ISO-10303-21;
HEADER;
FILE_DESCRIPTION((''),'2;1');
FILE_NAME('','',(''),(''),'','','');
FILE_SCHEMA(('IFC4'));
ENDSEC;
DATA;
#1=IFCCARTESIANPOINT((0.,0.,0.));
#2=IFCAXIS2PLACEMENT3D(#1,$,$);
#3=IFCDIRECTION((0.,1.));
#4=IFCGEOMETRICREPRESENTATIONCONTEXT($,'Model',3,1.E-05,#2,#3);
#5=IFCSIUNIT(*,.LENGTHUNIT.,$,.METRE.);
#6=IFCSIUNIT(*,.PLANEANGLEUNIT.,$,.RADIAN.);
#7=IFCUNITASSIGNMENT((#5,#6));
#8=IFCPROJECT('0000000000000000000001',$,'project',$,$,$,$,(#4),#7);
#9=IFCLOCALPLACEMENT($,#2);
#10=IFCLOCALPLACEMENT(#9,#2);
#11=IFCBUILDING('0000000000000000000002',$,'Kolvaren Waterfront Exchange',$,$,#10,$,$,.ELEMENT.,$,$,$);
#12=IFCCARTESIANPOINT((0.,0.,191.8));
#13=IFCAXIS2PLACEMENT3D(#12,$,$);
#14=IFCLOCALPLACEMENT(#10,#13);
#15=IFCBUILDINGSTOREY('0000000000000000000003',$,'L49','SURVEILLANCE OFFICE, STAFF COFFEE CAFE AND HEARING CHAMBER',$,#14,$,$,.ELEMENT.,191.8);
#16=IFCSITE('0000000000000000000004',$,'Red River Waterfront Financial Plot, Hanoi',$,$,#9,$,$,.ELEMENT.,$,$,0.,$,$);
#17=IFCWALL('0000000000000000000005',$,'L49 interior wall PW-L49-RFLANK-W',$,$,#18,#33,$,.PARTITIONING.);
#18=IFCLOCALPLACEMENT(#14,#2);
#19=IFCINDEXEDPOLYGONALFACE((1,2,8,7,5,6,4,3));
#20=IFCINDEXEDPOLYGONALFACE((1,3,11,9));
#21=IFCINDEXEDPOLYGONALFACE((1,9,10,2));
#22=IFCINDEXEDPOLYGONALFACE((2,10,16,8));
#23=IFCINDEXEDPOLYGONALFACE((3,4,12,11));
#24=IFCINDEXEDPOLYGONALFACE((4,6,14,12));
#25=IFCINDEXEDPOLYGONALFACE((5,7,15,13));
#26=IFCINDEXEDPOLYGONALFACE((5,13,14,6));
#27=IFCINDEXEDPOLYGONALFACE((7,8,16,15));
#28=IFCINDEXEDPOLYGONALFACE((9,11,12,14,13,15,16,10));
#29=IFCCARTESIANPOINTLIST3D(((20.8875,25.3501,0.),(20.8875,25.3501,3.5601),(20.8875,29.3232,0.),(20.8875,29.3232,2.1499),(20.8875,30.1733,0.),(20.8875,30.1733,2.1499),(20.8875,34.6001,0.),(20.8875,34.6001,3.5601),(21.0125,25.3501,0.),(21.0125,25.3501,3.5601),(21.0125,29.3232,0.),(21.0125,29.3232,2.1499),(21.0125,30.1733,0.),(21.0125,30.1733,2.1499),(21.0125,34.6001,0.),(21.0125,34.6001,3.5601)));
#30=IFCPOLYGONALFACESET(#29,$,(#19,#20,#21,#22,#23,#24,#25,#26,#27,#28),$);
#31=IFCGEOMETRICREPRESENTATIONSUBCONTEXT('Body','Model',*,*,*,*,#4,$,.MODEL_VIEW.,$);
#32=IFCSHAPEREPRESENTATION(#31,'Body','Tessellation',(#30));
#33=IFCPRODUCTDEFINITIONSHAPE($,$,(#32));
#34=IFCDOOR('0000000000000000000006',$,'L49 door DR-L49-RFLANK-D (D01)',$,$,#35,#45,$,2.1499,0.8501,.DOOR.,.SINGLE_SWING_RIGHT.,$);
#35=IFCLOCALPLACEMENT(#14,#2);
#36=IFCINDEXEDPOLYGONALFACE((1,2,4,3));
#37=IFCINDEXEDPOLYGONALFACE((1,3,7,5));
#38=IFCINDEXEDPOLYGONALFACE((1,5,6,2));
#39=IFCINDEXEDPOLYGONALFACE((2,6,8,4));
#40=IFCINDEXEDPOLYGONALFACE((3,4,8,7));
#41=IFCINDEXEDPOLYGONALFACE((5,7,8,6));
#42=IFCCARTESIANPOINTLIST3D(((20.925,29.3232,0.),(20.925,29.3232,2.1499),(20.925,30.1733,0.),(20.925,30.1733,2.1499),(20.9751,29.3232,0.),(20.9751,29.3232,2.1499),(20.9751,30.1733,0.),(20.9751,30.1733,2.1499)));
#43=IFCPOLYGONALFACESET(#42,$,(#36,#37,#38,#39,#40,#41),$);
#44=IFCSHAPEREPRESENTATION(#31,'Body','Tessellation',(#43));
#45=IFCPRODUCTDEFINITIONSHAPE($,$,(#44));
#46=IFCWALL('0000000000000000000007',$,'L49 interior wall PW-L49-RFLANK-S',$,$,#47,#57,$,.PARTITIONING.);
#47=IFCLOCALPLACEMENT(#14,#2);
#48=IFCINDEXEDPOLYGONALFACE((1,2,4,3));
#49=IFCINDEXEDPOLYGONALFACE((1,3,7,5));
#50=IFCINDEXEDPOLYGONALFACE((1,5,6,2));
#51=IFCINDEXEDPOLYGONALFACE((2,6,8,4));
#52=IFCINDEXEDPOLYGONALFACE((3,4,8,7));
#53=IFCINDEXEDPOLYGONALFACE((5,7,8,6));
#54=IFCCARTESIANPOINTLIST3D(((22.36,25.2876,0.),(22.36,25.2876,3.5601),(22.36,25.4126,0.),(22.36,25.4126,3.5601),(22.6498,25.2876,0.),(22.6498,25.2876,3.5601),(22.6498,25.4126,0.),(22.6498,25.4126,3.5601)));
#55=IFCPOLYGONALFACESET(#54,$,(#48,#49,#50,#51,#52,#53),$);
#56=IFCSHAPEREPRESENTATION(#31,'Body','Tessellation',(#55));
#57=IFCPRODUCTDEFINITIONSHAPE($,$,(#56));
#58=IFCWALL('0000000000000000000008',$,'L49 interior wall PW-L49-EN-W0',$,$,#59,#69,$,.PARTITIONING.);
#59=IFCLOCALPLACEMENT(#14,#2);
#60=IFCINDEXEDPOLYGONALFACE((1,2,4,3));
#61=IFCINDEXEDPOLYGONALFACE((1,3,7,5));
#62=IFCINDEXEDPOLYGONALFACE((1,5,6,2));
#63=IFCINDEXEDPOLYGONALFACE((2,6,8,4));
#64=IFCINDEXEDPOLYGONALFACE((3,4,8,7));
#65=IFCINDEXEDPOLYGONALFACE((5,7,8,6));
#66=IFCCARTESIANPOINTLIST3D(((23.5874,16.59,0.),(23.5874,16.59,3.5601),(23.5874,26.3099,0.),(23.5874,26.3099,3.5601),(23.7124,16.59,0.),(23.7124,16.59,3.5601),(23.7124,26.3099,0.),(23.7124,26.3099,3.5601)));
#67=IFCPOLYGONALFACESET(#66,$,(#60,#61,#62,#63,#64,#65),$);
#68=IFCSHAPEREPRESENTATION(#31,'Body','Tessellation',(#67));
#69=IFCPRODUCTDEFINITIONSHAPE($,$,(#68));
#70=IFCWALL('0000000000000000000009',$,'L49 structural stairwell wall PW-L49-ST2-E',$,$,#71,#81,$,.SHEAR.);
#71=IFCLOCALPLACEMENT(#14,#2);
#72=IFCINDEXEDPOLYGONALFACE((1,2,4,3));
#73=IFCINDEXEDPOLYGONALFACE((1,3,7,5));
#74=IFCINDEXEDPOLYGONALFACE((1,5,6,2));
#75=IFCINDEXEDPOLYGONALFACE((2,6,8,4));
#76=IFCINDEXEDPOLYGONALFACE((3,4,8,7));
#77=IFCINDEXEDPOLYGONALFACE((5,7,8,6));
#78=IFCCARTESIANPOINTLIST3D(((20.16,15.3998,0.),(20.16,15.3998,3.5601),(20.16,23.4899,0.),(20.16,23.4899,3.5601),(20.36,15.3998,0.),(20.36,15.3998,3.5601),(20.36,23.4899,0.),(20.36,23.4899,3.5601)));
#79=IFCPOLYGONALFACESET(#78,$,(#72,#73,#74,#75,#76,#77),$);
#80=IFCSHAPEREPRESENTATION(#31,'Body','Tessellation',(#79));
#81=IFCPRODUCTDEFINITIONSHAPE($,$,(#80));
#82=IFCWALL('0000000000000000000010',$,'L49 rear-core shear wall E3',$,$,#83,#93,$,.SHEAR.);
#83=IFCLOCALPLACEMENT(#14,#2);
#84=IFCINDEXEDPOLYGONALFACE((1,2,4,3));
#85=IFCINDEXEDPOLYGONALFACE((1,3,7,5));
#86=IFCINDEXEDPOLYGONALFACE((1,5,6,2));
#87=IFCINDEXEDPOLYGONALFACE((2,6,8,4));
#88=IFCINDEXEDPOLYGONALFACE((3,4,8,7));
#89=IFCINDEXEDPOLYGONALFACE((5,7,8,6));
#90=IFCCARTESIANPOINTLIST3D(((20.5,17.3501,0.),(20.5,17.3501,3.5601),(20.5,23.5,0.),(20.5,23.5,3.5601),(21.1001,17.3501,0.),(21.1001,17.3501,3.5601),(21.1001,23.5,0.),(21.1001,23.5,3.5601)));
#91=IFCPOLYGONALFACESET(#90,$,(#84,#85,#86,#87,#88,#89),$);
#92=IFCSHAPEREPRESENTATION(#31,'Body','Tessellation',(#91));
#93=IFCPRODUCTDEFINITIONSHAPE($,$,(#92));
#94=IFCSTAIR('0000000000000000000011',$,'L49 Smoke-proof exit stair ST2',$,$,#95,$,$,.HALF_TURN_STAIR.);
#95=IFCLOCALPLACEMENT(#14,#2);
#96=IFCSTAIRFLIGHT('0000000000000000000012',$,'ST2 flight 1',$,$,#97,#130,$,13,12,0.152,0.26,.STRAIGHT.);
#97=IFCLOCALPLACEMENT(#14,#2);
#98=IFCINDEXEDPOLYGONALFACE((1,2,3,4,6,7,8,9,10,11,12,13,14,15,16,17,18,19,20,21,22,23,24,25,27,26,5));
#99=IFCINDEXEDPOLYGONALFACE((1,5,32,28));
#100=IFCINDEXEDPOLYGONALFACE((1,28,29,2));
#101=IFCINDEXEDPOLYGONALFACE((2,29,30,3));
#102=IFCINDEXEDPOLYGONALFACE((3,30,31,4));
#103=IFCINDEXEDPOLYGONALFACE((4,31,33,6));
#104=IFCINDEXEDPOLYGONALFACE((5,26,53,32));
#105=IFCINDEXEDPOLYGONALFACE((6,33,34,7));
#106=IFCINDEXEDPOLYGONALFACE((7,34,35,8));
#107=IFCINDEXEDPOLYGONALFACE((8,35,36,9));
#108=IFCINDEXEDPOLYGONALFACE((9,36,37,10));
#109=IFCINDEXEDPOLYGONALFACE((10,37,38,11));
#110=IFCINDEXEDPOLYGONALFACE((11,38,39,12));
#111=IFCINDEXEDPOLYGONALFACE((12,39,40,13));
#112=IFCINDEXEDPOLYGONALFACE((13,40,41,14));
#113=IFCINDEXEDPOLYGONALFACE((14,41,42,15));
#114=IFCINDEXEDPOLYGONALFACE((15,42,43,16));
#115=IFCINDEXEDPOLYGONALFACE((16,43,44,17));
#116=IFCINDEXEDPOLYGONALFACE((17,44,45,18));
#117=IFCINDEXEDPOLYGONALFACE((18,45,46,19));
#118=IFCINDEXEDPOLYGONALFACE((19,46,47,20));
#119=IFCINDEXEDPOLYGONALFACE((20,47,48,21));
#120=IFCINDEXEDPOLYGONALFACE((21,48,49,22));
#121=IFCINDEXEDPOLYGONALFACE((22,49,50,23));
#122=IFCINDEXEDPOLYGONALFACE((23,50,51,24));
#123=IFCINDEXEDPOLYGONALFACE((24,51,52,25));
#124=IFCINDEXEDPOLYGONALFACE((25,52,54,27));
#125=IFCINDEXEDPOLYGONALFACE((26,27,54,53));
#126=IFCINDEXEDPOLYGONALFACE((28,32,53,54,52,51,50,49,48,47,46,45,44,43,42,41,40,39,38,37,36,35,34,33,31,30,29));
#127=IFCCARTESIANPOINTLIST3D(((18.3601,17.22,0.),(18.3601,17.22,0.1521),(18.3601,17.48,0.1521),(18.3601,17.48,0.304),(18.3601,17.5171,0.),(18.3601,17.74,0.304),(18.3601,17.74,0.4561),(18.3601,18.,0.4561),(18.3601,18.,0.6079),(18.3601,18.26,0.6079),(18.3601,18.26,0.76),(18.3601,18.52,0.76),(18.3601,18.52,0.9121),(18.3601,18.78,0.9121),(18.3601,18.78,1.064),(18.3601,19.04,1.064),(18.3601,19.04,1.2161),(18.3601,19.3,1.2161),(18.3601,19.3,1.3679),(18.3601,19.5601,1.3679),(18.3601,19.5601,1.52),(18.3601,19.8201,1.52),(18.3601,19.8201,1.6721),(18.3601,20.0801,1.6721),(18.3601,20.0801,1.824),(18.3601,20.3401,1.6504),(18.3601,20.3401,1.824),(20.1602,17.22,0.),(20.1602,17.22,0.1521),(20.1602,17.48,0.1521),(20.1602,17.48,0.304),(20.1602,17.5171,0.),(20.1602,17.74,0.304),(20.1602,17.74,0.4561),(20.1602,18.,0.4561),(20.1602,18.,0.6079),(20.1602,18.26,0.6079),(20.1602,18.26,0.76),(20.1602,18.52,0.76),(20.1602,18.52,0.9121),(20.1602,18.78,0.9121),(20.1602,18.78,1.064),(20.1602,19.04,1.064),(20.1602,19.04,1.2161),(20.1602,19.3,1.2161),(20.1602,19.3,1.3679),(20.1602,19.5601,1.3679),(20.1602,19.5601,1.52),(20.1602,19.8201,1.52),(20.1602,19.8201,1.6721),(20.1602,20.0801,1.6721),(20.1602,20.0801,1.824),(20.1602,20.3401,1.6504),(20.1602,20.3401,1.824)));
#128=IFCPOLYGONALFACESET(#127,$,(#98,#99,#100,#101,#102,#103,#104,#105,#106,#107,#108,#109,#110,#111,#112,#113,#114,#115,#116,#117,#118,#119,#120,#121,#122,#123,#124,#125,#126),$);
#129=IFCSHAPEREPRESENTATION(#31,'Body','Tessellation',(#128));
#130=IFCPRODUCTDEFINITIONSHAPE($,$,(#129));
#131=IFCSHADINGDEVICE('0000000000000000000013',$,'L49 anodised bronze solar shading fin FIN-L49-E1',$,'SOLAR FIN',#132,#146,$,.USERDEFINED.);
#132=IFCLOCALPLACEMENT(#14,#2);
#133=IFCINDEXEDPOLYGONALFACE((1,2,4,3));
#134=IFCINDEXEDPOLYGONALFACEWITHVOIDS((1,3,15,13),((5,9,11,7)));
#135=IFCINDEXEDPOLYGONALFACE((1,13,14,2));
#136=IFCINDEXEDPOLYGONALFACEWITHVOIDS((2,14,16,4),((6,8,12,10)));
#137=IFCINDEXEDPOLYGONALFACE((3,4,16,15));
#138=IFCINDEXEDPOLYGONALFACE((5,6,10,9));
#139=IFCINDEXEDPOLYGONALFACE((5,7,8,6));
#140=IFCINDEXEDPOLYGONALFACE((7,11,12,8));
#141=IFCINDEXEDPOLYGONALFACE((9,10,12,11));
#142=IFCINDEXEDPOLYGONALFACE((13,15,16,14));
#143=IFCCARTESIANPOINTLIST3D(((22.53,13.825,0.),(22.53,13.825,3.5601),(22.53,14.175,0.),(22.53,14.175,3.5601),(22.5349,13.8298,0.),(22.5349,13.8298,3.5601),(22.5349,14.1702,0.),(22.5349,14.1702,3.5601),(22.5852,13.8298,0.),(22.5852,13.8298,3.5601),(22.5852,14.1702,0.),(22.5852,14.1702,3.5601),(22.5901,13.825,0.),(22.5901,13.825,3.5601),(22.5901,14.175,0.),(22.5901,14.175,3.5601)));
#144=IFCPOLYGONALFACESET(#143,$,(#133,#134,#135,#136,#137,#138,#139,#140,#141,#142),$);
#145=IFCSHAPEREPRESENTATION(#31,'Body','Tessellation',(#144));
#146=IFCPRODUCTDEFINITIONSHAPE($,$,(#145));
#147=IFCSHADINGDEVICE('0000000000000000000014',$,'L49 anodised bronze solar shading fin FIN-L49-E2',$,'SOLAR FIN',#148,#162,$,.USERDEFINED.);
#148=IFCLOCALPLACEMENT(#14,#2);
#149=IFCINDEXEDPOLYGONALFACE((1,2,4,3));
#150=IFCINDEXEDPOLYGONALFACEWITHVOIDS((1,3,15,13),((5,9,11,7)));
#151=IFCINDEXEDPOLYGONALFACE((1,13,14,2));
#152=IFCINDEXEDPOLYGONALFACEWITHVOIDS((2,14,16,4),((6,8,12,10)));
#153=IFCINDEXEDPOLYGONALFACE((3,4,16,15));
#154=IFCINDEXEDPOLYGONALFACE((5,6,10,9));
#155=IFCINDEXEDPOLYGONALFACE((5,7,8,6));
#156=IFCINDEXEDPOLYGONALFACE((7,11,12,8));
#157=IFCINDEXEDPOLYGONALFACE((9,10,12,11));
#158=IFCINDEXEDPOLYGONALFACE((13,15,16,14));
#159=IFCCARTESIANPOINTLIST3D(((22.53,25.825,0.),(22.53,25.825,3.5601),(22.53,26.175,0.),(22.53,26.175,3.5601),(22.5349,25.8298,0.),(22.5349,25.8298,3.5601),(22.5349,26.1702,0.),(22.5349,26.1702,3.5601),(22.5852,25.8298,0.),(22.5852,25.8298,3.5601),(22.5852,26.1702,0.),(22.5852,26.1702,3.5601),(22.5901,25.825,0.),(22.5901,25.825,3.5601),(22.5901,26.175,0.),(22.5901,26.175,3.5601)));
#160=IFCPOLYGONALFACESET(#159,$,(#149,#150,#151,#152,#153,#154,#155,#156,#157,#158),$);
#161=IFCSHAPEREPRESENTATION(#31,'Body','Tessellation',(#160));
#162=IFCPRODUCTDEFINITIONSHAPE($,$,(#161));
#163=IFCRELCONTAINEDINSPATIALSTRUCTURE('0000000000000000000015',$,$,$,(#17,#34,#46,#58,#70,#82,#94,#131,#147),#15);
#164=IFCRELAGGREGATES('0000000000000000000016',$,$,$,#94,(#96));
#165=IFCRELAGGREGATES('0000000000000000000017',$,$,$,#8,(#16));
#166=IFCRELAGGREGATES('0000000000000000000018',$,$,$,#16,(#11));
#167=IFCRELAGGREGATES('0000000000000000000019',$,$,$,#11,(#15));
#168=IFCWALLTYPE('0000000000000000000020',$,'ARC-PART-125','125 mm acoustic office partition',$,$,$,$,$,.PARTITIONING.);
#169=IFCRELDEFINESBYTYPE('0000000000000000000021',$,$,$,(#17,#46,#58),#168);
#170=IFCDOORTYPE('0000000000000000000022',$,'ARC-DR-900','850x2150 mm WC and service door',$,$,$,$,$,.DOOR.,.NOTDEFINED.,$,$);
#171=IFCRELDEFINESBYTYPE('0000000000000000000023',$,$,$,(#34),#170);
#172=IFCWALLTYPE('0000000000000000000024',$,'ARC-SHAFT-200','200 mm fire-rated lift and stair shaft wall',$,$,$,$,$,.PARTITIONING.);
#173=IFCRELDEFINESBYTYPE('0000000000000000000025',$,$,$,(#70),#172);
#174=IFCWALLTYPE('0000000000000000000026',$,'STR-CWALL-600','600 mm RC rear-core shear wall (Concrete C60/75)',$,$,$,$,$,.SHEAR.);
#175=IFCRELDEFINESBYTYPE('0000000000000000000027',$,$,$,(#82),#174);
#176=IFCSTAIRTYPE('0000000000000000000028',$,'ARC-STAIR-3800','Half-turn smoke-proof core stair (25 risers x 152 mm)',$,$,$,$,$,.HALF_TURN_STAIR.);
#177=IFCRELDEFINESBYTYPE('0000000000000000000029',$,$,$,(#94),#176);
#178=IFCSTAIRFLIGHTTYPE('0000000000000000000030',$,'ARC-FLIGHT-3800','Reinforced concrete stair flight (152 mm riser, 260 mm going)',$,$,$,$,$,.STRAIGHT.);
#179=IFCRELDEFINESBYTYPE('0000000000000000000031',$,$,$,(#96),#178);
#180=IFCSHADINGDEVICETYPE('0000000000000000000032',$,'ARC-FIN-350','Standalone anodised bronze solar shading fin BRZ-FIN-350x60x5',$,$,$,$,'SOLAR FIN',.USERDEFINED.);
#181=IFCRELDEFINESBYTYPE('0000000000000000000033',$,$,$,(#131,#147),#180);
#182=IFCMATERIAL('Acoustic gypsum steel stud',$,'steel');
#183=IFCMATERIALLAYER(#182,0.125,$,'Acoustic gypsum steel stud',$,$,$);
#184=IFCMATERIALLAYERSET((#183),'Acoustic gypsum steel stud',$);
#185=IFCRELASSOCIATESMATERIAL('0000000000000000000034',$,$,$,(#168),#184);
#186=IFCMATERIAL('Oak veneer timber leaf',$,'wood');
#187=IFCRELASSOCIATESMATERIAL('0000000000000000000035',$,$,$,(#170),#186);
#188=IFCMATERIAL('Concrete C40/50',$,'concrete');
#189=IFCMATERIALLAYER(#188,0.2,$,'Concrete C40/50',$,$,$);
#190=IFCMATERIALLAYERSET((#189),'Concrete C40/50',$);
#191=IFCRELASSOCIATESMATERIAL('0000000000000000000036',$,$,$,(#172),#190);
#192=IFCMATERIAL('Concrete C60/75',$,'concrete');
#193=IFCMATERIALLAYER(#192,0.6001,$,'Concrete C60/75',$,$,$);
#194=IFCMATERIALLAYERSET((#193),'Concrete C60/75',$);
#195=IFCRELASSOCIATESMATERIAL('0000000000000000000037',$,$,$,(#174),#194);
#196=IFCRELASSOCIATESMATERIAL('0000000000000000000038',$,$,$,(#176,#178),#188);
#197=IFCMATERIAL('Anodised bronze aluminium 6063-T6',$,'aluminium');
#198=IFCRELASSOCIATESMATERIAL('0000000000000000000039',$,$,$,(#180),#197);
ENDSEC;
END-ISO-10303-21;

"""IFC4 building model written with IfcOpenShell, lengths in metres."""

from ifc_helpers import new_model, si_unit, direction, frame, frame_2d, origin, origin_2d, place, context, subcontext, project, spatial, polyline, rectangle, hollow_rectangle, outline, extrude, material, layer, layer_set, material_profile, profile_set, type_object, element, fill, aggregate, save


model = new_model("IFC4")

# Units and contexts
model_context = context("Model", 3, precision=1e-05, world=origin(), true_north=direction((0.0, 1.0)))
body_context = subcontext(model_context, "Body", "Model", "MODEL_VIEW")
ifc_project = project(units=[si_unit("LENGTHUNIT", "METRE"), si_unit("PLANEANGLEUNIT", "RADIAN")], contexts=[model_context])

# Site, building, storey
site_placement = place(None, origin())
site = spatial("IfcSite", under=ifc_project, at=site_placement, Name="Red River Waterfront Financial Plot, Hanoi", CompositionType="ELEMENT", RefElevation=0.0)
building_placement = place(site_placement, origin())
building = spatial("IfcBuilding", under=site, at=building_placement, Name="Kolvaren Waterfront Exchange", CompositionType="ELEMENT")
storey_placement = place(building_placement, frame((0.0, 0.0, 191.8)))
storey = spatial("IfcBuildingStorey", under=building, at=storey_placement, Name="L49", Description="SURVEILLANCE OFFICE, STAFF COFFEE CAFE AND HEARING CHAMBER", CompositionType="ELEMENT", Elevation=191.8)

# Shared definitions
ifc_material_1 = material(Name="Concrete C60/75", Category="concrete")

# Shared definitions
ifc_material_2 = material(Name="Anodised bronze aluminium 6063-T6", Category="aluminium")

# Wall, opening, door
ifc_material_3 = material(Name="Acoustic gypsum steel stud", Category="steel")
ifc_layer_1 = layer(ifc_material_3, 0.125, Name="Acoustic gypsum steel stud")
ifc_layer_set_1 = layer_set([ifc_layer_1], Name="Acoustic gypsum steel stud")
wall_type_1 = type_object("IfcWallType", Name="ARC-PART-125", Description="125 mm acoustic office partition", PredefinedType="PARTITIONING", material=ifc_layer_set_1)
wall_1_placement = place(storey_placement, frame((20.95, 25.3501, 0.0), z_axis=(0.0, 0.0, 1.0), x_axis=(0.0, 1.0, 0.0)))
wall_1 = element("IfcWall", 1, at=wall_1_placement, inside=storey, type_object=wall_type_1, Name="L49 interior wall PW-L49-RFLANK-W", PredefinedType="PARTITIONING", context=body_context, shape_type="SweptSolid", body=[
    extrude(rectangle(XDim=9.25, YDim=0.125, at=frame_2d((4.625, 0.0))), origin(), (0.0, 0.0, 1.0), 3.5601),
])
opening_1_placement = place(wall_1_placement, frame((3.9731, 0.0, 0.0)))
opening_1 = element("IfcOpeningElement", 2, at=opening_1_placement, cuts=wall_1, PredefinedType="OPENING", context=body_context, shape_type="SweptSolid", body=[
    extrude(rectangle(XDim=0.8501, YDim=2.1499, at=frame_2d((0.425, 1.075))), frame((0.0, 0.0725, 0.0), z_axis=(0.0, -1.0, 0.0), x_axis=(1.0, 0.0, 0.0)), (0.0, 0.0, 1.0), 0.145),
])
ifc_material_4 = material(Name="Oak veneer timber leaf", Category="wood")
door_type_1 = type_object("IfcDoorType", Name="ARC-DR-900", Description="850x2150 mm WC and service door", OperationType="NOTDEFINED", PredefinedType="DOOR", material=ifc_material_4)
door_1_placement = place(opening_1_placement, origin())
door_1 = element("IfcDoor", 3, at=door_1_placement, inside=storey, type_object=door_type_1, Name="L49 door DR-L49-RFLANK-D (D01)", OperationType="SINGLE_SWING_RIGHT", OverallHeight=2.1499, OverallWidth=0.8501, PredefinedType="DOOR", context=body_context, shape_type="SweptSolid", body=[
    extrude(rectangle(XDim=0.8501, YDim=2.1499, at=frame_2d((0.425, 1.075))), frame((0.0, 0.0249, 0.0), z_axis=(0.0, -1.0, 0.0), x_axis=(1.0, 0.0, 0.0)), (0.0, 0.0, 1.0), 0.05),
])
fill(opening_1, door_1)

# Walls
wall_2_placement = place(storey_placement, frame((22.6499, 25.3501, 0.0), z_axis=(0.0, 0.0, 1.0), x_axis=(-1.0, 0.0, 0.0)))
element("IfcWall", 4, at=wall_2_placement, inside=storey, type_object=wall_type_1, Name="L49 interior wall PW-L49-RFLANK-S", PredefinedType="PARTITIONING", context=body_context, shape_type="SweptSolid", body=[
    extrude(rectangle(XDim=0.2898, YDim=0.125, at=frame_2d((0.145, 0.0))), origin(), (0.0, 0.0, 1.0), 3.5601),
])
wall_3_placement = place(storey_placement, frame((23.6499, 16.5901, 0.0), z_axis=(0.0, 0.0, 1.0), x_axis=(0.0, 1.0, 0.0)))
element("IfcWall", 5, at=wall_3_placement, inside=storey, type_object=wall_type_1, Name="L49 interior wall PW-L49-EN-W0", PredefinedType="PARTITIONING", context=body_context, shape_type="SweptSolid", body=[
    extrude(rectangle(XDim=9.72, YDim=0.125, at=frame_2d((4.8599, 0.0))), origin(), (0.0, 0.0, 1.0), 3.5601),
])
ifc_material_5 = material(Name="Concrete C40/50", Category="concrete")
ifc_layer_2 = layer(ifc_material_5, 0.2, Name="Concrete C40/50")
ifc_layer_set_2 = layer_set([ifc_layer_2], Name="Concrete C40/50")
wall_type_2 = type_object("IfcWallType", Name="ARC-SHAFT-200", Description="200 mm fire-rated lift and stair shaft wall", PredefinedType="PARTITIONING", material=ifc_layer_set_2)
wall_4_placement = place(storey_placement, frame((20.26, 15.3999, 0.0), z_axis=(0.0, 0.0, 1.0), x_axis=(0.0, 1.0, 0.0)))
element("IfcWall", 6, at=wall_4_placement, inside=storey, type_object=wall_type_2, Name="L49 structural stairwell wall PW-L49-ST2-E", PredefinedType="SHEAR", context=body_context, shape_type="SweptSolid", body=[
    extrude(rectangle(XDim=8.0901, YDim=0.2, at=frame_2d((4.0449, 0.0))), origin(), (0.0, 0.0, 1.0), 3.5601),
])
ifc_layer_3 = layer(ifc_material_1, 0.6001, Name="Concrete C60/75")
ifc_layer_set_3 = layer_set([ifc_layer_3], Name="Concrete C60/75")
wall_type_3 = type_object("IfcWallType", Name="STR-CWALL-600", Description="600 mm RC rear-core shear wall (Concrete C60/75)", PredefinedType="SHEAR", material=ifc_layer_set_3)
wall_5_placement = place(storey_placement, frame((20.8, 17.3501, 0.0), z_axis=(0.0, 0.0, 1.0), x_axis=(0.0, 1.0, 0.0)))
element("IfcWall", 7, at=wall_5_placement, inside=storey, type_object=wall_type_3, Name="L49 rear-core shear wall E3", PredefinedType="SHEAR", context=body_context, shape_type="SweptSolid", body=[
    extrude(rectangle(XDim=6.1499, YDim=0.6001, at=frame_2d((3.075, 0.0))), origin(), (0.0, 0.0, 1.0), 3.5601),
])

# Stair, stair flight
stair_type = type_object("IfcStairType", Name="ARC-STAIR-3800", Description="Half-turn smoke-proof core stair (25 risers x 152 mm)", PredefinedType="HALF_TURN_STAIR", material=ifc_material_5)
stair_placement = place(storey_placement, origin())
stair = element("IfcStair", 8, at=stair_placement, inside=storey, type_object=stair_type, Name="L49 Smoke-proof exit stair ST2", PredefinedType="HALF_TURN_STAIR")
stair_flight_type = type_object("IfcStairFlightType", Name="ARC-FLIGHT-3800", Description="Reinforced concrete stair flight (152 mm riser, 260 mm going)", PredefinedType="STRAIGHT", material=ifc_material_5)
stair_flight_placement = place(storey_placement, frame((19.26, 17.22, 0.0), z_axis=(0.0, 0.0, 1.0), x_axis=(0.0, 1.0, 0.0)))
stair_flight = element("IfcStairFlight", 9, at=stair_flight_placement, type_object=stair_flight_type, Name="ST2 flight 1", NumberOfRisers=13, NumberOfTreads=12, PredefinedType="STRAIGHT", RiserHeight=0.152, TreadLength=0.26, context=body_context, shape_type="SweptSolid", body=[
    extrude(outline(polyline([(0.0, 0.0), (0.0, 0.1521), (0.26, 0.1521), (0.26, 0.304), (0.52, 0.304), (0.52, 0.4561), (0.78, 0.4561), (0.78, 0.6079), (1.04, 0.6079), (1.04, 0.76), (1.3, 0.76), (1.3, 0.9121), (1.5601, 0.9121), (1.5601, 1.064), (1.8201, 1.064), (1.8201, 1.2161), (2.0801, 1.2161), (2.0801, 1.3679), (2.3401, 1.3679), (2.3401, 1.52), (2.6001, 1.52), (2.6001, 1.6721), (2.8601, 1.6721), (2.8601, 1.824), (3.1201, 1.824), (3.1201, 1.9761), (3.1201, 1.6504), (0.2971, 0.0), (0.0, 0.0)])), frame((0.0, 0.8999, 0.0), z_axis=(0.0, -1.0, 0.0), x_axis=(1.0, 0.0, 0.0)), (0.0, 0.0, 1.0), 1.8),
])
aggregate(stair, [stair_flight])

# Shading devices
ifc_material_profile_1 = material_profile(ifc_material_2, hollow_rectangle(XDim=0.0601, YDim=0.3501, WallThickness=0.0049, at=origin_2d()), Name="BRZ-FIN-350x60x5")
ifc_profile_set_1 = profile_set([ifc_material_profile_1], Name="Anodised bronze aluminium 6063-T6")
shading_device_type = type_object("IfcShadingDeviceType", Name="ARC-FIN-350", Description="Standalone anodised bronze solar shading fin BRZ-FIN-350x60x5", ElementType="SOLAR FIN", PredefinedType="USERDEFINED", material=ifc_profile_set_1)
for number, where, z_axis, x_axis, name in (
    (10, (22.5601, 14.0, 0.0), (0.0, 0.0, 1.0), (1.0, 0.0, 0.0), "L49 anodised bronze solar shading fin FIN-L49-E1"),
    (11, (22.5601, 26.0, 0.0), (0.0, 0.0, 1.0), (1.0, 0.0, 0.0), "L49 anodised bronze solar shading fin FIN-L49-E2"),
):
    element("IfcShadingDevice", number, at=place(storey_placement, frame(where, z_axis=z_axis, x_axis=x_axis)), inside=storey, type_object=shading_device_type, Name=name, ObjectType="SOLAR FIN", PredefinedType="USERDEFINED", context=body_context, shape_type="SweptSolid", body=[
        extrude(hollow_rectangle(XDim=0.0601, YDim=0.3501, WallThickness=0.0049, at=origin_2d()), origin(), (0.0, 0.0, 1.0), 3.5601),
    ])

save(model, "model.ifc")
